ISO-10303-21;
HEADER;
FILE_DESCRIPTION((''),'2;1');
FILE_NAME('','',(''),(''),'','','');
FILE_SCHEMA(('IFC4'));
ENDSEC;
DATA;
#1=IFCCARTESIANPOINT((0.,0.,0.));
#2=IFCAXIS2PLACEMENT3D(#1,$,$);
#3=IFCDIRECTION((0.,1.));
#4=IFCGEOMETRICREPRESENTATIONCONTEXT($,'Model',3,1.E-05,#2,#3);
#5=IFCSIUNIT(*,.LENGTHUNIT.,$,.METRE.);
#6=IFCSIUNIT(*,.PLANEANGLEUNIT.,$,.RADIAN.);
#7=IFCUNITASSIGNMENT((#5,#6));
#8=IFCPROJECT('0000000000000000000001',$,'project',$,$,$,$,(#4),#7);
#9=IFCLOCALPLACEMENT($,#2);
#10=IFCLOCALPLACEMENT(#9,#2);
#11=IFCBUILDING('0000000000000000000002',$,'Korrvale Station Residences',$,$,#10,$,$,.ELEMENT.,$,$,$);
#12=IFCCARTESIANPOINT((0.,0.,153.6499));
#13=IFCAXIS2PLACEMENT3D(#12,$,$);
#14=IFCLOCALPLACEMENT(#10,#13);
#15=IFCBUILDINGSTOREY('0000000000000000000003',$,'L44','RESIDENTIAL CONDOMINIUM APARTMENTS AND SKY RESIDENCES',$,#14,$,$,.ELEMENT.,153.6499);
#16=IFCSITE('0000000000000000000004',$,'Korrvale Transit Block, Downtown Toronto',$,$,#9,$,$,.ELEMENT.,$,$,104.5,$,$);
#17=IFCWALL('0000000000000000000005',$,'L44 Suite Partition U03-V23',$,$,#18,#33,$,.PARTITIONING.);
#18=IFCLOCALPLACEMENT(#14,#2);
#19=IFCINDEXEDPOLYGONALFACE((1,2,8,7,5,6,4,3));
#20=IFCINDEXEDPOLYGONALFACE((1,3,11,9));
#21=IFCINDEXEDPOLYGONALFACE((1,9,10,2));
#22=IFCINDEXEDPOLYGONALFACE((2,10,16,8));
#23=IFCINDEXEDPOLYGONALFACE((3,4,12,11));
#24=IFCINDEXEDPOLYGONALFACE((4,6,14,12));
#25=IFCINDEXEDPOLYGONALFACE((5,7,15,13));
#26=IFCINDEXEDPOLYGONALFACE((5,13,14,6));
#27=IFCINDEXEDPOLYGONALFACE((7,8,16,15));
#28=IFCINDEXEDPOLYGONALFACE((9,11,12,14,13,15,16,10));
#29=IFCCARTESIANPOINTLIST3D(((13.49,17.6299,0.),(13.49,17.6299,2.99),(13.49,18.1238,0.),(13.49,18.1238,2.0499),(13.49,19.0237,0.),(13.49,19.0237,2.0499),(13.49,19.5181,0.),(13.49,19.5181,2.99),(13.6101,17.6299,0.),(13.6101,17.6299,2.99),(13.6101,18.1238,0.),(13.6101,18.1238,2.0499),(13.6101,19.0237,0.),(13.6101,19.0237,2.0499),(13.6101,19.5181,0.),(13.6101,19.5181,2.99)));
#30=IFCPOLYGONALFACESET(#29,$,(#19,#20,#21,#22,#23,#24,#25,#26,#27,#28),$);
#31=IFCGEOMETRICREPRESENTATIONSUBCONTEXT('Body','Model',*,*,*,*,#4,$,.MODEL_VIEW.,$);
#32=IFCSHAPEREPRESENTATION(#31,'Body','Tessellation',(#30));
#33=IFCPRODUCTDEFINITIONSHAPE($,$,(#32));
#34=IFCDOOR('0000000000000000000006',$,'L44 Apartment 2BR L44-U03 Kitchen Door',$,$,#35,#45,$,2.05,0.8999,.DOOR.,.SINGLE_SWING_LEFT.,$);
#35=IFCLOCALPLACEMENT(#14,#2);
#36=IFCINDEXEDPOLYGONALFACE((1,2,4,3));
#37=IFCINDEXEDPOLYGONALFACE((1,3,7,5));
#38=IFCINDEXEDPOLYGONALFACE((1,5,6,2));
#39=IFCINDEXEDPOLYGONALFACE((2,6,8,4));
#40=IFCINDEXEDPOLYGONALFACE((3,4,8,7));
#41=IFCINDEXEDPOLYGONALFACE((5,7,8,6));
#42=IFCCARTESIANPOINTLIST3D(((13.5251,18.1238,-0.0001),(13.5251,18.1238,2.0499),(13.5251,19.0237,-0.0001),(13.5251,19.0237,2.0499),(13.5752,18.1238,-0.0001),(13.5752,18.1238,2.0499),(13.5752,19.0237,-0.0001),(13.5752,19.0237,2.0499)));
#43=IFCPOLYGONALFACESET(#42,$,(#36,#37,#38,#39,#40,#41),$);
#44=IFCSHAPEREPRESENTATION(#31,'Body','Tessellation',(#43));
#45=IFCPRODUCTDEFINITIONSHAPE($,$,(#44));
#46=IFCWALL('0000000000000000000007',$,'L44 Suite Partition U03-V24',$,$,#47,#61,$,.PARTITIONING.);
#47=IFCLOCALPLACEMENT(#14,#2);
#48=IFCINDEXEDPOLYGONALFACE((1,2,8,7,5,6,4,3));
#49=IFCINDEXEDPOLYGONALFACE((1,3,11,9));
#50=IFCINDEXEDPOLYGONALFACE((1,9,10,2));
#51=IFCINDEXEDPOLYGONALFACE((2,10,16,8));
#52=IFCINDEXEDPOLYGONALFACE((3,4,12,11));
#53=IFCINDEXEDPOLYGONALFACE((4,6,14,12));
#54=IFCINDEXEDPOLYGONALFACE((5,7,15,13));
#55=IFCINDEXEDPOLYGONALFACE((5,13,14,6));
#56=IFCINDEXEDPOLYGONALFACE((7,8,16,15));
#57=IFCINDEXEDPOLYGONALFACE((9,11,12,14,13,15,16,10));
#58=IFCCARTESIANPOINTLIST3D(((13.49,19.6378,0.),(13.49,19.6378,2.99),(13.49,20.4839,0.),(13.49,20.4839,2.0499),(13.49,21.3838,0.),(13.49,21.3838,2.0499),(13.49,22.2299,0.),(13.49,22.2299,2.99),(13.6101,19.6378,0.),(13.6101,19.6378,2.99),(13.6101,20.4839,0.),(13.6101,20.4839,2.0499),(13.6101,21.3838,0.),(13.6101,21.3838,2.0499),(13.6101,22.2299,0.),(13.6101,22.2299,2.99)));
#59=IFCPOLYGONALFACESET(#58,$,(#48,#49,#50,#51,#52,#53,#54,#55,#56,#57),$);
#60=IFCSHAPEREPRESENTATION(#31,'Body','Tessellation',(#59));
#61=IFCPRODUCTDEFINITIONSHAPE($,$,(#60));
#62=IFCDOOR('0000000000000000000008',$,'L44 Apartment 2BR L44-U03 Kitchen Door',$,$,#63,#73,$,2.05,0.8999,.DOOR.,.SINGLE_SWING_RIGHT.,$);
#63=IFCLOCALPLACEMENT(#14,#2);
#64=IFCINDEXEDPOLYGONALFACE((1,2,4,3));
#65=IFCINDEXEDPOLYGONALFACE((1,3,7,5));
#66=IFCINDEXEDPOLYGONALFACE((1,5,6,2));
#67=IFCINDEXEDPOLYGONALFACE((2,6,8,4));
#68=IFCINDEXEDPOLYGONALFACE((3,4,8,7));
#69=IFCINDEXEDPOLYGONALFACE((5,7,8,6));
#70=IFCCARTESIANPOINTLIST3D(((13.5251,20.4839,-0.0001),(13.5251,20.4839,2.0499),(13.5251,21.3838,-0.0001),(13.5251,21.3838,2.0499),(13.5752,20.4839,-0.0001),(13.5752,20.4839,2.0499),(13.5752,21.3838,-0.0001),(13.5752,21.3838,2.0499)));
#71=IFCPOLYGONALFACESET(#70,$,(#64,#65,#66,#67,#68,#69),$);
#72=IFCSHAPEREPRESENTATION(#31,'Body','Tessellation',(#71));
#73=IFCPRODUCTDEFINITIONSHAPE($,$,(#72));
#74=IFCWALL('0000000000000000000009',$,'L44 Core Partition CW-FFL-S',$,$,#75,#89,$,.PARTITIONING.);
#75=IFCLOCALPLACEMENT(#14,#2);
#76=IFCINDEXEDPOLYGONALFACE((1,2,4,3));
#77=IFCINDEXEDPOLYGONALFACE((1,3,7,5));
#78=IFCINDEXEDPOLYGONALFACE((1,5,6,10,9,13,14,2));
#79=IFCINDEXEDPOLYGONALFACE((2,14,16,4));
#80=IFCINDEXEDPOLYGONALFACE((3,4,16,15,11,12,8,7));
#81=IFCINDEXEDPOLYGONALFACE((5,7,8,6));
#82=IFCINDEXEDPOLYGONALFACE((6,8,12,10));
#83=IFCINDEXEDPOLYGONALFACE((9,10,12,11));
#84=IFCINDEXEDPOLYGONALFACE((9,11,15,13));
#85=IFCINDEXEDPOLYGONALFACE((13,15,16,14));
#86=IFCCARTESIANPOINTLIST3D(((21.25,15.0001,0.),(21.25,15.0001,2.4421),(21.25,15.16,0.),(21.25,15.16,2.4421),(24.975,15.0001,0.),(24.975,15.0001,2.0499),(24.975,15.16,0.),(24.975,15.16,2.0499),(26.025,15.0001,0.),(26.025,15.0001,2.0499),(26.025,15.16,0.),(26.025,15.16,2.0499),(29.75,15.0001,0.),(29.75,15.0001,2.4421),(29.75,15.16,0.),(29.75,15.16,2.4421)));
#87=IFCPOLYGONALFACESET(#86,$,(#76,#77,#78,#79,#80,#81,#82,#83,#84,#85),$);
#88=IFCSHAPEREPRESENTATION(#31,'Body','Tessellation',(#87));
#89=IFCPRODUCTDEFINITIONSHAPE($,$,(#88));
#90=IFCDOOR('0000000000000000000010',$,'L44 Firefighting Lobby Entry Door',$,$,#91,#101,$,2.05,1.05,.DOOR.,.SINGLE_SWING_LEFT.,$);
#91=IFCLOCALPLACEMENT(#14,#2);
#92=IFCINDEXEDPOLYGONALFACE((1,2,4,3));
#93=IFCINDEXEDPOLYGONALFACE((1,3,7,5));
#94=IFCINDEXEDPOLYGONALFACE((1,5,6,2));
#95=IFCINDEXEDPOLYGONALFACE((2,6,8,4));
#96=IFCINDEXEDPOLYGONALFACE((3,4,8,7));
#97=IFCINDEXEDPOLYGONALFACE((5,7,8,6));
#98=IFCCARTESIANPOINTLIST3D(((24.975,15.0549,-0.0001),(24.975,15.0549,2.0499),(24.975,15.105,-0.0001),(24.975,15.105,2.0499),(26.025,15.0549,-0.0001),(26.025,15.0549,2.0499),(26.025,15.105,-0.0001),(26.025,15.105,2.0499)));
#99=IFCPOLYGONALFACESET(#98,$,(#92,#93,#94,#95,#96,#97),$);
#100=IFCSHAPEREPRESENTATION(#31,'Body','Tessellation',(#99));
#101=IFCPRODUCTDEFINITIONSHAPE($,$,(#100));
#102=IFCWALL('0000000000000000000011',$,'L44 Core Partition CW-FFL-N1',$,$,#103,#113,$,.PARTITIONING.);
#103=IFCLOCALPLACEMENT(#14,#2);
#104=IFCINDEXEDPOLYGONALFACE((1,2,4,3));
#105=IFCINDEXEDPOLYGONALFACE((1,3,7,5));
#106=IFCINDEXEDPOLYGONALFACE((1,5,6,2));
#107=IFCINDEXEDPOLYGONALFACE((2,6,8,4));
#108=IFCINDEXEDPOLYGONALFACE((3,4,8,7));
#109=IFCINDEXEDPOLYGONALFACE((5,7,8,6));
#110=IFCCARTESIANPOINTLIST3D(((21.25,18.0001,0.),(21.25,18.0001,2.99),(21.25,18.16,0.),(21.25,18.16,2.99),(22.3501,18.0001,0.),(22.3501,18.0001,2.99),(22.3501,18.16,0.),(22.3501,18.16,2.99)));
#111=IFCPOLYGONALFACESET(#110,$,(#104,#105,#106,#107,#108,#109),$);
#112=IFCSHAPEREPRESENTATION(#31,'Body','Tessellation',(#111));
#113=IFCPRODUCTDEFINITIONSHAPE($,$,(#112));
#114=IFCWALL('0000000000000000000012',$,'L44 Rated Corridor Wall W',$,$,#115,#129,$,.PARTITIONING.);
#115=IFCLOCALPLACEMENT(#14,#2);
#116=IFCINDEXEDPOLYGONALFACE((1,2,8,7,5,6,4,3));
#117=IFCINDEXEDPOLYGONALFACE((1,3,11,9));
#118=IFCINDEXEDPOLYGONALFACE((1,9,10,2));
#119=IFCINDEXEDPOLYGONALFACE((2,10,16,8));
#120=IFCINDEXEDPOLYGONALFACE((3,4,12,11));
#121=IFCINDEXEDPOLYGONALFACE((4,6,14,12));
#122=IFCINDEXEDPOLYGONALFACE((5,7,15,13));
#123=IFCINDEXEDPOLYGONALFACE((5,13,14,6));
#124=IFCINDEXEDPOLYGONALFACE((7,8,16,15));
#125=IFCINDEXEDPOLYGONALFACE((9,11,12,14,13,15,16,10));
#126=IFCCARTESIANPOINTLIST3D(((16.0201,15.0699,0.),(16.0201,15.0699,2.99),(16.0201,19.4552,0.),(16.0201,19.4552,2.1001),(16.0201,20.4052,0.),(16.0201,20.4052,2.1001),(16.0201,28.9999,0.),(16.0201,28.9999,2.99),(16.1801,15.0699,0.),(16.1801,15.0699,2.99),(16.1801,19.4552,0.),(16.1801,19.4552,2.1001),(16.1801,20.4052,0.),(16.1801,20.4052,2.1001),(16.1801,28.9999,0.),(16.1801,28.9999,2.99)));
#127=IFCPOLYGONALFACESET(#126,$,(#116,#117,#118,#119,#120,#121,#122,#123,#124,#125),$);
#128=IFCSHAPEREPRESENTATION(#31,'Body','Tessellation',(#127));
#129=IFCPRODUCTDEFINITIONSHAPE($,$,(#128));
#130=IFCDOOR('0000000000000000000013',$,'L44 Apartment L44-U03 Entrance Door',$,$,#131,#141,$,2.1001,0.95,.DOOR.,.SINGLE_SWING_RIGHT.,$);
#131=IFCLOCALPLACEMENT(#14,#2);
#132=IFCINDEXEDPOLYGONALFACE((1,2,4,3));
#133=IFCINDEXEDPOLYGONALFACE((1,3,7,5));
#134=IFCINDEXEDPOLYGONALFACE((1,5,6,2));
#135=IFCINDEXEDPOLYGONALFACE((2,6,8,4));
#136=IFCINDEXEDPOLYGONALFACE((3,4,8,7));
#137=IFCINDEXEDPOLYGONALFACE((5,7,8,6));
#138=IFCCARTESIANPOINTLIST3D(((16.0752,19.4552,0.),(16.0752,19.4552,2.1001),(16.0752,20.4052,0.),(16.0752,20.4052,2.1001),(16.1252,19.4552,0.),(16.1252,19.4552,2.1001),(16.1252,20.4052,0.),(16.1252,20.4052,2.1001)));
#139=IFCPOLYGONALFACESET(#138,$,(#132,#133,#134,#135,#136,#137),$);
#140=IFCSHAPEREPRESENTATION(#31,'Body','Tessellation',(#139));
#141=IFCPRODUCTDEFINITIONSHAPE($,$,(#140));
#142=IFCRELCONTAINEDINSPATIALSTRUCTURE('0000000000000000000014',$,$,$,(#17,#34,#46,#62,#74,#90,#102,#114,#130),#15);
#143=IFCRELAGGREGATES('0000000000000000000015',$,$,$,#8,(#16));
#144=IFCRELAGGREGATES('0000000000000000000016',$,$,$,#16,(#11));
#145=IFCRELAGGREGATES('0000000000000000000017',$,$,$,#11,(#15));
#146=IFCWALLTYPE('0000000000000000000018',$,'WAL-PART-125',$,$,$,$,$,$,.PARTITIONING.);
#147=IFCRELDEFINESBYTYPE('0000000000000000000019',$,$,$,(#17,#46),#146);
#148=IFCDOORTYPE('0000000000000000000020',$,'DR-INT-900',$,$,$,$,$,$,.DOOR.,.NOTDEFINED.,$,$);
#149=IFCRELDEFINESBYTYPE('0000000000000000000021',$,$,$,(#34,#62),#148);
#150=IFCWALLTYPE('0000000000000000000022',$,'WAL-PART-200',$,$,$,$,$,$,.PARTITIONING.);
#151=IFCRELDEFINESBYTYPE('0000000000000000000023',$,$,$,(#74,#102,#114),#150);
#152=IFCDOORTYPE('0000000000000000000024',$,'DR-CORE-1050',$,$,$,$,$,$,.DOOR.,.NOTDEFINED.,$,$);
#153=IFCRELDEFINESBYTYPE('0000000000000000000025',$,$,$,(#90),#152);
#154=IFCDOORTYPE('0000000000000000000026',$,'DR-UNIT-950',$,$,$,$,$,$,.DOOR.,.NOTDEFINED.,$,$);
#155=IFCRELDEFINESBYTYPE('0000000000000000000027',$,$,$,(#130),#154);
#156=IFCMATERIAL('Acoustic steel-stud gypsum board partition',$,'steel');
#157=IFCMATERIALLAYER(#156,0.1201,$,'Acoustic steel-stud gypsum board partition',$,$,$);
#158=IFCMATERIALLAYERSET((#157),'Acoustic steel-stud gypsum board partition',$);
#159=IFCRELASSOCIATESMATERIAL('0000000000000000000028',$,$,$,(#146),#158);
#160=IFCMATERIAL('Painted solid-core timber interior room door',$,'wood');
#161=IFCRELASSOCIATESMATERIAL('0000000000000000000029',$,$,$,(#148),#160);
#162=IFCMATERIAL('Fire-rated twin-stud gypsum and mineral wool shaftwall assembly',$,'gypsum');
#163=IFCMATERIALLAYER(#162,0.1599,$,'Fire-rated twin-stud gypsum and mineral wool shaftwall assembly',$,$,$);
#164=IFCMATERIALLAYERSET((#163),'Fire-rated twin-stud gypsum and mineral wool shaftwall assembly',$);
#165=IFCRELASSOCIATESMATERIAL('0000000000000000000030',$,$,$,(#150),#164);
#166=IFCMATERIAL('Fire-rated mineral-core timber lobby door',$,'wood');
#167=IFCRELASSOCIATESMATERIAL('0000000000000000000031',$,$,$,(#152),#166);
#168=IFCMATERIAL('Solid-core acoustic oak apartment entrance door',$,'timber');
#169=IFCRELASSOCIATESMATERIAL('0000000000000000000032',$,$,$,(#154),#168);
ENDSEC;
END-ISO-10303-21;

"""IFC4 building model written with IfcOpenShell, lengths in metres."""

from ifc_helpers import new_model, si_unit, direction, frame, frame_2d, origin, place, context, subcontext, project, spatial, rectangle, extrude, material, layer, layer_set, type_object, element, fill, save


model = new_model("IFC4")

# Units and contexts
model_context = context("Model", 3, precision=1e-05, world=origin(), true_north=direction((0.0, 1.0)))
body_context = subcontext(model_context, "Body", "Model", "MODEL_VIEW")
ifc_project = project(units=[si_unit("LENGTHUNIT", "METRE"), si_unit("PLANEANGLEUNIT", "RADIAN")], contexts=[model_context])

# Site, building, storey
site_placement = place(None, origin())
site = spatial("IfcSite", under=ifc_project, at=site_placement, Name="Korrvale Transit Block, Downtown Toronto", CompositionType="ELEMENT", RefElevation=104.5)
building_placement = place(site_placement, origin())
building = spatial("IfcBuilding", under=site, at=building_placement, Name="Korrvale Station Residences", CompositionType="ELEMENT")
storey_placement = place(building_placement, frame((0.0, 0.0, 153.6499)))
storey = spatial("IfcBuildingStorey", under=building, at=storey_placement, Name="L44", Description="RESIDENTIAL CONDOMINIUM APARTMENTS AND SKY RESIDENCES", CompositionType="ELEMENT", Elevation=153.6499)

# Shared definitions
ifc_material_1 = material(Name="Acoustic steel-stud gypsum board partition", Category="steel")
ifc_layer_1 = layer(ifc_material_1, 0.1201, Name="Acoustic steel-stud gypsum board partition")
ifc_layer_set_1 = layer_set([ifc_layer_1], Name="Acoustic steel-stud gypsum board partition")
wall_type_1 = type_object("IfcWallType", Name="WAL-PART-125", PredefinedType="PARTITIONING", material=ifc_layer_set_1)

# Walls, openings, doors
wall_1_placement = place(storey_placement, frame((13.55, 17.6299, 0.0), z_axis=(0.0, 0.0, 1.0), x_axis=(0.0, 1.0, 0.0)))
wall_1 = element("IfcWall", 1, at=wall_1_placement, inside=storey, type_object=wall_type_1, Name="L44 Suite Partition U03-V23", PredefinedType="PARTITIONING", context=body_context, shape_type="SweptSolid", body=[
    extrude(rectangle(XDim=1.8882, YDim=0.1201, at=frame_2d((0.9441, 0.0))), origin(), (0.0, 0.0, 1.0), 2.99),
])
opening_1_placement = place(wall_1_placement, frame((0.4939, 0.0, 0.0)))
opening_1 = element("IfcOpeningElement", 2, at=opening_1_placement, cuts=wall_1, PredefinedType="OPENING", context=body_context, shape_type="SweptSolid", body=[
    extrude(rectangle(XDim=0.8999, YDim=2.05, at=frame_2d((0.45, 1.0249))), frame((0.0, 0.0701, 0.0), z_axis=(0.0, -1.0, 0.0), x_axis=(1.0, 0.0, 0.0)), (0.0, 0.0, 1.0), 0.1401),
])
ifc_material_2 = material(Name="Painted solid-core timber interior room door", Category="wood")
door_type_1 = type_object("IfcDoorType", Name="DR-INT-900", OperationType="NOTDEFINED", PredefinedType="DOOR", material=ifc_material_2)
door_1_placement = place(opening_1_placement, origin())
door_1 = element("IfcDoor", 3, at=door_1_placement, inside=storey, type_object=door_type_1, Name="L44 Apartment 2BR L44-U03 Kitchen Door", OperationType="SINGLE_SWING_LEFT", OverallHeight=2.05, OverallWidth=0.8999, PredefinedType="DOOR", context=body_context, shape_type="SweptSolid", body=[
    extrude(rectangle(XDim=0.8999, YDim=2.05, at=frame_2d((0.45, 1.0249))), frame((0.0, 0.0249, 0.0), z_axis=(0.0, -1.0, 0.0), x_axis=(1.0, 0.0, 0.0)), (0.0, 0.0, 1.0), 0.05),
])
fill(opening_1, door_1)
wall_2_placement = place(storey_placement, frame((13.55, 19.6379, 0.0), z_axis=(0.0, 0.0, 1.0), x_axis=(0.0, 1.0, 0.0)))
wall_2 = element("IfcWall", 4, at=wall_2_placement, inside=storey, type_object=wall_type_1, Name="L44 Suite Partition U03-V24", PredefinedType="PARTITIONING", context=body_context, shape_type="SweptSolid", body=[
    extrude(rectangle(XDim=2.592, YDim=0.1201, at=frame_2d((1.2959, 0.0))), origin(), (0.0, 0.0, 1.0), 2.99),
])
opening_2_placement = place(wall_2_placement, frame((0.8459, 0.0, 0.0)))
opening_2 = element("IfcOpeningElement", 5, at=opening_2_placement, cuts=wall_2, PredefinedType="OPENING", context=body_context, shape_type="SweptSolid", body=[
    extrude(rectangle(XDim=0.8999, YDim=2.05, at=frame_2d((0.45, 1.0249))), frame((0.0, 0.0701, 0.0), z_axis=(0.0, -1.0, 0.0), x_axis=(1.0, 0.0, 0.0)), (0.0, 0.0, 1.0), 0.1401),
])
door_2_placement = place(opening_2_placement, origin())
door_2 = element("IfcDoor", 6, at=door_2_placement, inside=storey, type_object=door_type_1, Name="L44 Apartment 2BR L44-U03 Kitchen Door", OperationType="SINGLE_SWING_RIGHT", OverallHeight=2.05, OverallWidth=0.8999, PredefinedType="DOOR", context=body_context, shape_type="SweptSolid", body=[
    extrude(rectangle(XDim=0.8999, YDim=2.05, at=frame_2d((0.45, 1.0249))), frame((0.0, 0.0249, 0.0), z_axis=(0.0, -1.0, 0.0), x_axis=(1.0, 0.0, 0.0)), (0.0, 0.0, 1.0), 0.05),
])
fill(opening_2, door_2)
ifc_material_3 = material(Name="Fire-rated twin-stud gypsum and mineral wool shaftwall assembly", Category="gypsum")
ifc_layer_2 = layer(ifc_material_3, 0.1599, Name="Fire-rated twin-stud gypsum and mineral wool shaftwall assembly")
ifc_layer_set_2 = layer_set([ifc_layer_2], Name="Fire-rated twin-stud gypsum and mineral wool shaftwall assembly")
wall_type_2 = type_object("IfcWallType", Name="WAL-PART-200", PredefinedType="PARTITIONING", material=ifc_layer_set_2)
wall_3_placement = place(storey_placement, frame((21.25, 15.0801, 0.0), z_axis=(0.0, 0.0, 1.0), x_axis=(1.0, 0.0, 0.0)))
wall_3 = element("IfcWall", 7, at=wall_3_placement, inside=storey, type_object=wall_type_2, Name="L44 Core Partition CW-FFL-S", PredefinedType="PARTITIONING", context=body_context, shape_type="SweptSolid", body=[
    extrude(rectangle(XDim=8.5, YDim=0.1599, at=frame_2d((4.25, 0.0))), origin(), (0.0, 0.0, 1.0), 2.4421),
])
opening_3_placement = place(wall_3_placement, frame((3.7251, 0.0, 0.0)))
opening_3 = element("IfcOpeningElement", 8, at=opening_3_placement, cuts=wall_3, PredefinedType="OPENING", context=body_context, shape_type="SweptSolid", body=[
    extrude(rectangle(XDim=1.05, YDim=2.05, at=frame_2d((0.5249, 1.0249))), frame((0.0, 0.0898, 0.0), z_axis=(0.0, -1.0, 0.0), x_axis=(1.0, 0.0, 0.0)), (0.0, 0.0, 1.0), 0.1799),
])
ifc_material_4 = material(Name="Fire-rated mineral-core timber lobby door", Category="wood")
door_type_2 = type_object("IfcDoorType", Name="DR-CORE-1050", OperationType="NOTDEFINED", PredefinedType="DOOR", material=ifc_material_4)
door_3_placement = place(opening_3_placement, origin())
door_3 = element("IfcDoor", 9, at=door_3_placement, inside=storey, type_object=door_type_2, Name="L44 Firefighting Lobby Entry Door", OperationType="SINGLE_SWING_LEFT", OverallHeight=2.05, OverallWidth=1.05, PredefinedType="DOOR", context=body_context, shape_type="SweptSolid", body=[
    extrude(rectangle(XDim=1.05, YDim=2.05, at=frame_2d((0.5249, 1.0249))), frame((0.0, 0.0249, 0.0), z_axis=(0.0, -1.0, 0.0), x_axis=(1.0, 0.0, 0.0)), (0.0, 0.0, 1.0), 0.05),
])
fill(opening_3, door_3)

# Wall
wall_4_placement = place(storey_placement, frame((21.25, 18.0801, 0.0), z_axis=(0.0, 0.0, 1.0), x_axis=(1.0, 0.0, 0.0)))
element("IfcWall", 10, at=wall_4_placement, inside=storey, type_object=wall_type_2, Name="L44 Core Partition CW-FFL-N1", PredefinedType="PARTITIONING", context=body_context, shape_type="SweptSolid", body=[
    extrude(rectangle(XDim=1.1001, YDim=0.1599, at=frame_2d((0.55, 0.0))), origin(), (0.0, 0.0, 1.0), 2.99),
])

# Wall, opening, door
wall_5_placement = place(storey_placement, frame((16.1001, 15.0701, 0.0), z_axis=(0.0, 0.0, 1.0), x_axis=(0.0, 1.0, 0.0)))
wall_5 = element("IfcWall", 11, at=wall_5_placement, inside=storey, type_object=wall_type_2, Name="L44 Rated Corridor Wall W", PredefinedType="PARTITIONING", context=body_context, shape_type="SweptSolid", body=[
    extrude(rectangle(XDim=13.9299, YDim=0.1599, at=frame_2d((6.9648, 0.0))), origin(), (0.0, 0.0, 1.0), 2.99),
])
opening_4_placement = place(wall_5_placement, frame((4.385, 0.0, 0.0)))
opening_4 = element("IfcOpeningElement", 12, at=opening_4_placement, cuts=wall_5, PredefinedType="OPENING", context=body_context, shape_type="SweptSolid", body=[
    extrude(rectangle(XDim=0.95, YDim=2.1001, at=frame_2d((0.4751, 1.05))), frame((0.0, 0.0898, 0.0), z_axis=(0.0, -1.0, 0.0), x_axis=(1.0, 0.0, 0.0)), (0.0, 0.0, 1.0), 0.1799),
])
ifc_material_5 = material(Name="Solid-core acoustic oak apartment entrance door", Category="timber")
door_type_3 = type_object("IfcDoorType", Name="DR-UNIT-950", OperationType="NOTDEFINED", PredefinedType="DOOR", material=ifc_material_5)
door_4_placement = place(opening_4_placement, origin())
door_4 = element("IfcDoor", 13, at=door_4_placement, inside=storey, type_object=door_type_3, Name="L44 Apartment L44-U03 Entrance Door", OperationType="SINGLE_SWING_RIGHT", OverallHeight=2.1001, OverallWidth=0.95, PredefinedType="DOOR", context=body_context, shape_type="SweptSolid", body=[
    extrude(rectangle(XDim=0.95, YDim=2.1001, at=frame_2d((0.4751, 1.05))), frame((0.0, 0.0249, 0.0), z_axis=(0.0, -1.0, 0.0), x_axis=(1.0, 0.0, 0.0)), (0.0, 0.0, 1.0), 0.05),
])
fill(opening_4, door_4)

save(model, "model.ifc")
